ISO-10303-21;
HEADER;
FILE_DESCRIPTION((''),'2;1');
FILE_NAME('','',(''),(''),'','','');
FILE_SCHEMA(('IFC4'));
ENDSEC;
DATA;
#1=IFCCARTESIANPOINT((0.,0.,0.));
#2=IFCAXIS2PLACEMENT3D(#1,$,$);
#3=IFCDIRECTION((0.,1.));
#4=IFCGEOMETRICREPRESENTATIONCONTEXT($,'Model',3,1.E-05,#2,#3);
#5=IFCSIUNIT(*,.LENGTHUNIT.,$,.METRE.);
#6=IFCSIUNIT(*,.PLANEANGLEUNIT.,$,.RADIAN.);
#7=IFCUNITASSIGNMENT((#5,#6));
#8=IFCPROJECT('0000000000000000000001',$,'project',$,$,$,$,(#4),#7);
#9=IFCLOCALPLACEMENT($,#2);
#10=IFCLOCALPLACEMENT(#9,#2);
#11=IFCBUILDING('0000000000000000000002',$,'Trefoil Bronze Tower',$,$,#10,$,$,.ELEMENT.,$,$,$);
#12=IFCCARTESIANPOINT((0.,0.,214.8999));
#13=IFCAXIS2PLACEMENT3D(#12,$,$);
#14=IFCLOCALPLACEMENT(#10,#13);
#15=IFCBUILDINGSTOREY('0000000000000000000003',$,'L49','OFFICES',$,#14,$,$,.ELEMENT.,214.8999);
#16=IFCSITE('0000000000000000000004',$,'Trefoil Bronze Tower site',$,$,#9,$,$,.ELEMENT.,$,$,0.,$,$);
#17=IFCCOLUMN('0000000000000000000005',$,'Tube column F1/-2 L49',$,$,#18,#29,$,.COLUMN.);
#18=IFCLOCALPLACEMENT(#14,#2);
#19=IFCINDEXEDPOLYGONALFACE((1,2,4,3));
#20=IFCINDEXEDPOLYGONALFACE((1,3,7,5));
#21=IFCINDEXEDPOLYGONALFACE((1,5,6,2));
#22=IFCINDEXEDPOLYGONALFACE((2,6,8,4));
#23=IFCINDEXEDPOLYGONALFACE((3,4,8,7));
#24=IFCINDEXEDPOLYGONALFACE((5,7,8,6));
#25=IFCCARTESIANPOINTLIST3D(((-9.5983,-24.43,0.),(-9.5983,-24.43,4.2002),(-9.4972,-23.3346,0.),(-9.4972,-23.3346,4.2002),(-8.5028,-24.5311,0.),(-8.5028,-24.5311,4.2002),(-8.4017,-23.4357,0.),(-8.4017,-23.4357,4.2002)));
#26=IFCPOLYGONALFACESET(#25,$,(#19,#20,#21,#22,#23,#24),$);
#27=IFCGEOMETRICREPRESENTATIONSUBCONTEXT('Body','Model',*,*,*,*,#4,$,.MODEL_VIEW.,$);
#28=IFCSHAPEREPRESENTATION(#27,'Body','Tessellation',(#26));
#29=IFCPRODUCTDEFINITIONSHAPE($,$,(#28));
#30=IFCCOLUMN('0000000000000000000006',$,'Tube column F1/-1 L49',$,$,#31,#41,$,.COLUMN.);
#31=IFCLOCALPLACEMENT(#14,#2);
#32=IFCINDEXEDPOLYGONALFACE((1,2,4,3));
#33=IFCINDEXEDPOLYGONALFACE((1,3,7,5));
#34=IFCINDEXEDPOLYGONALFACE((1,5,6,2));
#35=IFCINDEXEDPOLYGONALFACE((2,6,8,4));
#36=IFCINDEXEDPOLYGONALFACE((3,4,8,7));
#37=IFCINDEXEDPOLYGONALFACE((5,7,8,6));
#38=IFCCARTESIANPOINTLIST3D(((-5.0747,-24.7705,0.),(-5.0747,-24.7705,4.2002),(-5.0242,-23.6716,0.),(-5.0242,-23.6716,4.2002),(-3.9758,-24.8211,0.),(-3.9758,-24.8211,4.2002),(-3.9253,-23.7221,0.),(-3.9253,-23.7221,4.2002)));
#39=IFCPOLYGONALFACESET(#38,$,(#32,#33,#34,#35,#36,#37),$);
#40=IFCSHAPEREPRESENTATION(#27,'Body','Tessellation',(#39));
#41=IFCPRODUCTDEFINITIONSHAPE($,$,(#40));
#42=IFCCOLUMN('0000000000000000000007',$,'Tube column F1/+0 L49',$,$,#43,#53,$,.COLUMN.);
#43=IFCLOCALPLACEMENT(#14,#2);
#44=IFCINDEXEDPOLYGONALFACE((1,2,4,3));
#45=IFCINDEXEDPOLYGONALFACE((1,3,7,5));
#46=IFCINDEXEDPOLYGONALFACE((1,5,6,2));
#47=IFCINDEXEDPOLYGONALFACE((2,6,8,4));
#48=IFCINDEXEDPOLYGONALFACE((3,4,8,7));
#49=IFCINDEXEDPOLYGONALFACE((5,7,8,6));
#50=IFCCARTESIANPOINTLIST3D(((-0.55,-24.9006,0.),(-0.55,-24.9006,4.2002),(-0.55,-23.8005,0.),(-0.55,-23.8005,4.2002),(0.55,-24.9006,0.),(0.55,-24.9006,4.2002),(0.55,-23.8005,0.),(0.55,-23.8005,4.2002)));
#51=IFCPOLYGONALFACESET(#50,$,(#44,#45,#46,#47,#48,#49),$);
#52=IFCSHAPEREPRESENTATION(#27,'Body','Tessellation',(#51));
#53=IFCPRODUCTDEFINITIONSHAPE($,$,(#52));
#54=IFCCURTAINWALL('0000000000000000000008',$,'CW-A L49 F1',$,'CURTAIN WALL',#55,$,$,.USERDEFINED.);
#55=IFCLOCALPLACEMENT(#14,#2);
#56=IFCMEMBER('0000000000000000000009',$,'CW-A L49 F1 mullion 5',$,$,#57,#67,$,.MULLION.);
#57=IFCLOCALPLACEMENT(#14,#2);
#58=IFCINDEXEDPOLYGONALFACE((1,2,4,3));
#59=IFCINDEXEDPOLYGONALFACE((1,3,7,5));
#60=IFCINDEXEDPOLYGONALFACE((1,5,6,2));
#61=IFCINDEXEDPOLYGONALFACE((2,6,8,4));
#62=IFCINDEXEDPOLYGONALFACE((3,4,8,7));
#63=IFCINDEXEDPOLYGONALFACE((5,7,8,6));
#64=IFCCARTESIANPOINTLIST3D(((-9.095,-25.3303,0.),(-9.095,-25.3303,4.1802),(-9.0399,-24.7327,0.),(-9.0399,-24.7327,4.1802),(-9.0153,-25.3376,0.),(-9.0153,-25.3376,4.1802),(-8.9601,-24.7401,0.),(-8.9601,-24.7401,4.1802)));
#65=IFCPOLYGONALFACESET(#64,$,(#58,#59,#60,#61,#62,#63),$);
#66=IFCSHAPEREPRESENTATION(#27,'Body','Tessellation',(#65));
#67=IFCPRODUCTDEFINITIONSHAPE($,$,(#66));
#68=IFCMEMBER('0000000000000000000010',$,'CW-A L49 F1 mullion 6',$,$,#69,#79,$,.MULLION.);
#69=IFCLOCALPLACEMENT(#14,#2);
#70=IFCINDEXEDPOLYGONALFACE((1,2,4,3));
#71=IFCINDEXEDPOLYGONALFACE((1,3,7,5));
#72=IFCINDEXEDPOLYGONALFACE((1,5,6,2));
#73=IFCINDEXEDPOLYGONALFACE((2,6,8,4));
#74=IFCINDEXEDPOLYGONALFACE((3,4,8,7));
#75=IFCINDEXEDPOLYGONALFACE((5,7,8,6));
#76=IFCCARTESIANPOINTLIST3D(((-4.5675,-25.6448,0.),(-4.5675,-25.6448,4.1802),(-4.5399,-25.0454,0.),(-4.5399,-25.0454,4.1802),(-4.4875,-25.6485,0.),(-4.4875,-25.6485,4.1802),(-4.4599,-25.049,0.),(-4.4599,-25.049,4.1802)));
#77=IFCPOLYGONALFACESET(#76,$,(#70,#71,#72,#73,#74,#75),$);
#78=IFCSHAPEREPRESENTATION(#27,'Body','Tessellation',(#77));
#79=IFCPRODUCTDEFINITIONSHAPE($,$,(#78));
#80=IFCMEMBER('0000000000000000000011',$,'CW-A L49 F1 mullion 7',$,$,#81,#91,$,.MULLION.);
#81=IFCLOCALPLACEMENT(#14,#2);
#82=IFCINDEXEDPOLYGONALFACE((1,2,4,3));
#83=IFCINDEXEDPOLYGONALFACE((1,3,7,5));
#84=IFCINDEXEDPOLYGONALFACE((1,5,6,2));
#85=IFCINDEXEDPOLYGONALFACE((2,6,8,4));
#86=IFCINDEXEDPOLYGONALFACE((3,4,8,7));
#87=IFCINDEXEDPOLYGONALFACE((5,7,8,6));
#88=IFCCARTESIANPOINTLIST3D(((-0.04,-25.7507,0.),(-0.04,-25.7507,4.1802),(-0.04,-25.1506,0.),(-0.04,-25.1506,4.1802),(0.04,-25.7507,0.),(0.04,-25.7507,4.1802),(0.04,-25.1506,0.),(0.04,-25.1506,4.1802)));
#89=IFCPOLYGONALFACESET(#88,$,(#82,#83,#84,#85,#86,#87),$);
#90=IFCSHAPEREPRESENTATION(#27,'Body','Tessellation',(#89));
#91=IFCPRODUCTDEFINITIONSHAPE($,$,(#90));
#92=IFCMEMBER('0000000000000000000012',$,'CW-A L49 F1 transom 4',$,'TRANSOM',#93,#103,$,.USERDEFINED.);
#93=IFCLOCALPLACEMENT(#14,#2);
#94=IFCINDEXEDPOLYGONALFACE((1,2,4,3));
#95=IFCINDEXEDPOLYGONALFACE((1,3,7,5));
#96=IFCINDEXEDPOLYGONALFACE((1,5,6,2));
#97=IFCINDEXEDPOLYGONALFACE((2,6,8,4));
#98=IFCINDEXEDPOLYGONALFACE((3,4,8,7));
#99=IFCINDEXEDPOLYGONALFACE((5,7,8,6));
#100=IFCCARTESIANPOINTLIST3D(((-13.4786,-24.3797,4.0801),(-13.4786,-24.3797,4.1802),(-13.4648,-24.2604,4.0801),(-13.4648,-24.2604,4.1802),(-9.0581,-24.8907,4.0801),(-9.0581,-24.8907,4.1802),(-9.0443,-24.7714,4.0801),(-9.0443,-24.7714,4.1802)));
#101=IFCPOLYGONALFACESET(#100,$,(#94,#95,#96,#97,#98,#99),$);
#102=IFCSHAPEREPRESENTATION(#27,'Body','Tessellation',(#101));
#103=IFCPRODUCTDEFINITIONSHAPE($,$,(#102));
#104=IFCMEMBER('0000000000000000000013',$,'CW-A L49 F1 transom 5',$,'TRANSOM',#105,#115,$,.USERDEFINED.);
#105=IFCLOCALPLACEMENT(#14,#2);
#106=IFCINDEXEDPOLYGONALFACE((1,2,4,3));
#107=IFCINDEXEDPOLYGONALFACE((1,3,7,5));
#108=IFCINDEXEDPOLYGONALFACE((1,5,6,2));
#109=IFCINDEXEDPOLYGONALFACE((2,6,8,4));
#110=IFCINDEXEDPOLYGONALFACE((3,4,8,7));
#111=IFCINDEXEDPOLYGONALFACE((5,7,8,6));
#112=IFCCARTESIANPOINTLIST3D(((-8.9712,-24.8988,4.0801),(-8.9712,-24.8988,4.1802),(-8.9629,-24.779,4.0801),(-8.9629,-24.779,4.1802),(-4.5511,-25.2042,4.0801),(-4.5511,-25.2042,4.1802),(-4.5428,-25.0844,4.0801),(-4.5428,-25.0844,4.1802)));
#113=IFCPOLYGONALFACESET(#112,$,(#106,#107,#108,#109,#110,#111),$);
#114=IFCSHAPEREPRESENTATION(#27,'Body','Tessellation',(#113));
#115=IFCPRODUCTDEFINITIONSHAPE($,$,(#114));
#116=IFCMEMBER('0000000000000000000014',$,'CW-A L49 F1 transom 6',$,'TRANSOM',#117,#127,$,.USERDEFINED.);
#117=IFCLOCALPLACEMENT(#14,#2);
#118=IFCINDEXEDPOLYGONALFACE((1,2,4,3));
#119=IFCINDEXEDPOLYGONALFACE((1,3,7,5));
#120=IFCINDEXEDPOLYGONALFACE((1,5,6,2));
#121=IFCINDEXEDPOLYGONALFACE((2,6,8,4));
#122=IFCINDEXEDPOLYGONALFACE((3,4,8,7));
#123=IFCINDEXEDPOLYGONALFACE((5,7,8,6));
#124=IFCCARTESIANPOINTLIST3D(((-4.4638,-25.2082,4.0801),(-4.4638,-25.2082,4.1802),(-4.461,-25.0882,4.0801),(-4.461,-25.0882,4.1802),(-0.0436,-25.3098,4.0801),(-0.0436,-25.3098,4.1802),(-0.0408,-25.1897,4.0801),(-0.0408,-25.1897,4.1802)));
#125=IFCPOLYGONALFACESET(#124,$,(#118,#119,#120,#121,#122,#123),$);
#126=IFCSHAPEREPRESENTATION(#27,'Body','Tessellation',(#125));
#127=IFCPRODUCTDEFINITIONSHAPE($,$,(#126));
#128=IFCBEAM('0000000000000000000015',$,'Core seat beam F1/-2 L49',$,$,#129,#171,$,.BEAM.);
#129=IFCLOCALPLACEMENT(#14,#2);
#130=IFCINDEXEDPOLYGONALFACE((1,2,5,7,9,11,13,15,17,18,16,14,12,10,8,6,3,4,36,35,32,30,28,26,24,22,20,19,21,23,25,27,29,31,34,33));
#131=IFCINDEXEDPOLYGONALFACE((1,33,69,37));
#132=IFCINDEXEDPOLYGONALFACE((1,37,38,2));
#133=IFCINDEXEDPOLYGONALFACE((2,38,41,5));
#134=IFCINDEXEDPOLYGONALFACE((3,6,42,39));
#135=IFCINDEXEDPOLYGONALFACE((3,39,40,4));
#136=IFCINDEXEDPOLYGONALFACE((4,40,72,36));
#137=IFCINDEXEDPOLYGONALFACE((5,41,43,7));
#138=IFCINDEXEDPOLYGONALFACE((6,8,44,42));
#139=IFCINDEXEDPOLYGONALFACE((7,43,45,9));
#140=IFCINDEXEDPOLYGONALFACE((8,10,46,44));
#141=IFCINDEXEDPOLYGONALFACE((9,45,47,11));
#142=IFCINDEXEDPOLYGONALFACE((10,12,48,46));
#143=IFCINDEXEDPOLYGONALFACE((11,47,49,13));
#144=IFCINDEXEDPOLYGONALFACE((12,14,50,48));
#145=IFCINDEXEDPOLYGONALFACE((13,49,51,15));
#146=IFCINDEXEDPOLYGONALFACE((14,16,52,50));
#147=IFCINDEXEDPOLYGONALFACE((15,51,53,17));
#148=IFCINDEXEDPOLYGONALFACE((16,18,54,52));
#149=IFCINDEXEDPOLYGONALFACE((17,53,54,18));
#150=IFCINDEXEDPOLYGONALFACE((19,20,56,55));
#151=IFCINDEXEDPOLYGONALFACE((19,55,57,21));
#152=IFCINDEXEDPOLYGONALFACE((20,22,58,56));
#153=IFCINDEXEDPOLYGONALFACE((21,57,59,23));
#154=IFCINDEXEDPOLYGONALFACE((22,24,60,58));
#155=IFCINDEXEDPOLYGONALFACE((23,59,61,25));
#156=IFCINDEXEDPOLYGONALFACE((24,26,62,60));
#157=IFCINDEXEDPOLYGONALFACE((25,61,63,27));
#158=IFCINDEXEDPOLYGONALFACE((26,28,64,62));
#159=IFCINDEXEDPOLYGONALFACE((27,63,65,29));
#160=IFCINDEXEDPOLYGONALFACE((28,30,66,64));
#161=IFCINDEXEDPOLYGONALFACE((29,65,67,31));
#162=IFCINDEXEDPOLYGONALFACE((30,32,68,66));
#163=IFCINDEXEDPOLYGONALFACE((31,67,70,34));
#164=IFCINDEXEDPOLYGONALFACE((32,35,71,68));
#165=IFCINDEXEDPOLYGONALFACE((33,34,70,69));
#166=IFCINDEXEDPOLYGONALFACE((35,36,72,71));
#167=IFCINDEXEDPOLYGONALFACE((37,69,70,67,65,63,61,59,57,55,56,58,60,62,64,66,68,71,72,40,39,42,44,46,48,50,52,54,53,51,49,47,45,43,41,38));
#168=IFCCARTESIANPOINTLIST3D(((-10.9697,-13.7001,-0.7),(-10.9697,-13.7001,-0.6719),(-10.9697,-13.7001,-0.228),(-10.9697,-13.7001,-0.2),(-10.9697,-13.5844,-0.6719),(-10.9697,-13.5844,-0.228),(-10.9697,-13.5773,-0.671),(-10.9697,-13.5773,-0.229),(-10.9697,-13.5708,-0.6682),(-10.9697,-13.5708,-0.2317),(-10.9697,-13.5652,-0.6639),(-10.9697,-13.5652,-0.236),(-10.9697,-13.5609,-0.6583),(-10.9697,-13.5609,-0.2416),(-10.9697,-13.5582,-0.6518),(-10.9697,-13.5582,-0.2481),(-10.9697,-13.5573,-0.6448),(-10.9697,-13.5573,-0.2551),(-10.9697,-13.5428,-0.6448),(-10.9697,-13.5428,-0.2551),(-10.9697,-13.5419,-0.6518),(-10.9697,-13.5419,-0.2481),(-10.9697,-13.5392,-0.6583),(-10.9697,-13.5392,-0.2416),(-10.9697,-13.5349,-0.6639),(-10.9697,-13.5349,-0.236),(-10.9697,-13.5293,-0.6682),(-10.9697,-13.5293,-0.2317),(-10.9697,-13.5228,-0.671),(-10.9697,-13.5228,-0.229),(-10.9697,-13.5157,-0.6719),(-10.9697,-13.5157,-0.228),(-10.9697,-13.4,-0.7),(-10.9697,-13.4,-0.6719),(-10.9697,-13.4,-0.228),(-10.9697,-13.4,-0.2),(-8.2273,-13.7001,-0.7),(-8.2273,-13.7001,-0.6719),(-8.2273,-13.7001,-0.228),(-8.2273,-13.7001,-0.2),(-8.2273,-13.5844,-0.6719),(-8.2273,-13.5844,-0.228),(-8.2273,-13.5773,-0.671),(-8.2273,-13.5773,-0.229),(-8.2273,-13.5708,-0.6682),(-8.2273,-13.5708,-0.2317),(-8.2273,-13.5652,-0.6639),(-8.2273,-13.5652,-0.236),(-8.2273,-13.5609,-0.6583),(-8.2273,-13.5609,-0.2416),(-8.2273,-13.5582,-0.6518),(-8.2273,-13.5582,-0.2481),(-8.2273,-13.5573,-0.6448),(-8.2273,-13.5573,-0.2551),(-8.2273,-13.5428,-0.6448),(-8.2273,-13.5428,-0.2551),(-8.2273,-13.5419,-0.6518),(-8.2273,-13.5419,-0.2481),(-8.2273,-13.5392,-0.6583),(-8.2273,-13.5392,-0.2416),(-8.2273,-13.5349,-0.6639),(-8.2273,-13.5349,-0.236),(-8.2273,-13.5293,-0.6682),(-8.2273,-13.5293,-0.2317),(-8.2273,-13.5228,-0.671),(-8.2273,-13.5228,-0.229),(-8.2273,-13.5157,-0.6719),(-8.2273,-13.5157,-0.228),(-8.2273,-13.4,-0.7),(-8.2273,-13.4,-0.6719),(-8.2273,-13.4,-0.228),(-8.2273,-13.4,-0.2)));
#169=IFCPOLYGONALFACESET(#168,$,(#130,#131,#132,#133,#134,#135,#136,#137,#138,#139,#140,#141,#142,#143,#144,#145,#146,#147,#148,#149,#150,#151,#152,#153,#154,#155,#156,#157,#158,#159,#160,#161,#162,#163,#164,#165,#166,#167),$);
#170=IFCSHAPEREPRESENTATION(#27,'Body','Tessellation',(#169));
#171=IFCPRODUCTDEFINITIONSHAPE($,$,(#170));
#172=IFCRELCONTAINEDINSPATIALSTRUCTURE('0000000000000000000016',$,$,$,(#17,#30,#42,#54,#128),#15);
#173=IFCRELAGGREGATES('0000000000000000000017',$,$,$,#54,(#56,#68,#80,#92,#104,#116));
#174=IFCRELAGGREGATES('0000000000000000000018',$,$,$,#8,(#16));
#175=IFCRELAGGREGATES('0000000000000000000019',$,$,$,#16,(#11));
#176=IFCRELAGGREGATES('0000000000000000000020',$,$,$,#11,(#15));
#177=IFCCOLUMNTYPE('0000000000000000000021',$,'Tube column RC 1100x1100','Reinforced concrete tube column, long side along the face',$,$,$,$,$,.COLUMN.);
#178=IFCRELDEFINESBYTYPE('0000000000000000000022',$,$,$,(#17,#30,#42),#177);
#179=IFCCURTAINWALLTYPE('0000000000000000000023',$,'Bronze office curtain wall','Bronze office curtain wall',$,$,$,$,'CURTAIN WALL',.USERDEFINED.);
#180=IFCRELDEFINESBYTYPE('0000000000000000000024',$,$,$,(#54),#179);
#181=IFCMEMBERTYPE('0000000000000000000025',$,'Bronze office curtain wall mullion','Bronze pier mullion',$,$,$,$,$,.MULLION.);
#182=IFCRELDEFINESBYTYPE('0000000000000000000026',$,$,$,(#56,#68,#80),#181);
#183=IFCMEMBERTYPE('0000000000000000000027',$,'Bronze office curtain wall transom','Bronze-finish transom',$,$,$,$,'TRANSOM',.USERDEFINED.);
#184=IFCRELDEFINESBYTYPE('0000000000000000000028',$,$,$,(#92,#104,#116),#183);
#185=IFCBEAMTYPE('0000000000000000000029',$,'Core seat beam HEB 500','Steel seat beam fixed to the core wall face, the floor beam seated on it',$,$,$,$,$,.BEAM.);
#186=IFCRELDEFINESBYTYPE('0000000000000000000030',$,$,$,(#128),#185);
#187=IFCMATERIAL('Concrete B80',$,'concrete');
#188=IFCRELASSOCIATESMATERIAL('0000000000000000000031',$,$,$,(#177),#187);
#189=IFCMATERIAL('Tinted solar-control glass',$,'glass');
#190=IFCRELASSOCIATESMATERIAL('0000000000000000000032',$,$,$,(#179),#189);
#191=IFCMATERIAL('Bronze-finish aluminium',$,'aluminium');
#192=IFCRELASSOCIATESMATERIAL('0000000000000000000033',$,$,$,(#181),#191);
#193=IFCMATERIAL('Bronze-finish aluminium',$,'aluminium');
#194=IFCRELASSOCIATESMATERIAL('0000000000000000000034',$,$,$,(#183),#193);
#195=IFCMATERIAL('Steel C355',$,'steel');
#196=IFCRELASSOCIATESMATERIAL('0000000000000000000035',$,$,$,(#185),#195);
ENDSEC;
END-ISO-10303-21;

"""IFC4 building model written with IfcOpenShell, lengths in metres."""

from ifc_helpers import new_model, si_unit, direction, frame, origin, origin_2d, place, context, subcontext, project, spatial, rectangle, i_section, extrude, material, material_profile, profile_set, type_object, element, aggregate, save


model = new_model("IFC4")

# Units and contexts
model_context = context("Model", 3, precision=1e-05, world=origin(), true_north=direction((0.0, 1.0)))
body_context = subcontext(model_context, "Body", "Model", "MODEL_VIEW")
ifc_project = project(units=[si_unit("LENGTHUNIT", "METRE"), si_unit("PLANEANGLEUNIT", "RADIAN")], contexts=[model_context])

# Site, building, storey
site_placement = place(None, origin())
site = spatial("IfcSite", under=ifc_project, at=site_placement, Name="Trefoil Bronze Tower site", CompositionType="ELEMENT", RefElevation=0.0)
building_placement = place(site_placement, origin())
building = spatial("IfcBuilding", under=site, at=building_placement, Name="Trefoil Bronze Tower", CompositionType="ELEMENT")
storey_placement = place(building_placement, frame((0.0, 0.0, 214.8999)))
storey = spatial("IfcBuildingStorey", under=building, at=storey_placement, Name="L49", Description="OFFICES", CompositionType="ELEMENT", Elevation=214.8999)

# Columns
ifc_material_1 = material(Name="Concrete B80", Category="concrete")
ifc_material_profile_1 = material_profile(ifc_material_1, rectangle(XDim=1.1001, YDim=1.1001, at=origin_2d()), Name="RC 1100x1100")
ifc_profile_set_1 = profile_set([ifc_material_profile_1], Name="Concrete B80")
column_type = type_object("IfcColumnType", Name="Tube column RC 1100x1100", Description="Reinforced concrete tube column, long side along the face", PredefinedType="COLUMN", material=ifc_profile_set_1)
for number, where, z_axis, x_axis, name in (
    (1, (-9.0, -23.9329, 0.0), (0.0, 0.0, 1.0), (0.995767, -0.091911, 0.0), "Tube column F1/-2 L49"),
    (2, (-4.5, -24.2463, 0.0), (0.0, 0.0, 1.0), (0.998943, -0.045956, 0.0), "Tube column F1/-1 L49"),
    (3, (0.0, -24.3506, 0.0), (0.0, 0.0, 1.0), (1.0, 0.0, 0.0), "Tube column F1/+0 L49"),
):
    element("IfcColumn", number, at=place(storey_placement, frame(where, z_axis=z_axis, x_axis=x_axis)), inside=storey, type_object=column_type, Name=name, PredefinedType="COLUMN", context=body_context, shape_type="SweptSolid", body=[
        extrude(rectangle(XDim=1.1001, YDim=1.1001, at=origin_2d()), origin(), (0.0, 0.0, 1.0), 4.2002),
    ])

# Curtain wall, members
ifc_material_2 = material(Name="Tinted solar-control glass", Category="glass")
curtain_wall_type = type_object("IfcCurtainWallType", Name="Bronze office curtain wall", Description="Bronze office curtain wall", ElementType="CURTAIN WALL", PredefinedType="USERDEFINED", material=ifc_material_2)
curtain_wall_placement = place(storey_placement, origin())
curtain_wall = element("IfcCurtainWall", 4, at=curtain_wall_placement, inside=storey, type_object=curtain_wall_type, Name="CW-A L49 F1", ObjectType="CURTAIN WALL", PredefinedType="USERDEFINED")
ifc_material_3 = material(Name="Bronze-finish aluminium", Category="aluminium")
ifc_material_profile_2 = material_profile(ifc_material_3, rectangle(XDim=0.6001, YDim=0.0801, at=origin_2d()), Name="CW-A mullion")
ifc_profile_set_2 = profile_set([ifc_material_profile_2], Name="Bronze-finish aluminium")
member_type_1 = type_object("IfcMemberType", Name="Bronze office curtain wall mullion", Description="Bronze pier mullion", PredefinedType="MULLION", material=ifc_profile_set_2)
member_1_placement = place(storey_placement, frame((-9.0276, -25.0352, 0.0), z_axis=(0.0, 0.0, 1.0), x_axis=(0.091911, 0.995767, 0.0)))
member_1 = element("IfcMember", 5, at=member_1_placement, type_object=member_type_1, Name="CW-A L49 F1 mullion 5", PredefinedType="MULLION", context=body_context, shape_type="SweptSolid", body=[
    extrude(rectangle(XDim=0.6001, YDim=0.0801, at=origin_2d()), origin(), (0.0, 0.0, 1.0), 4.1802),
])
member_2_placement = place(storey_placement, frame((-4.5137, -25.3469, 0.0), z_axis=(0.0, 0.0, 1.0), x_axis=(0.045956, 0.998943, 0.0)))
member_2 = element("IfcMember", 6, at=member_2_placement, type_object=member_type_1, Name="CW-A L49 F1 mullion 6", PredefinedType="MULLION", context=body_context, shape_type="SweptSolid", body=[
    extrude(rectangle(XDim=0.6001, YDim=0.0801, at=origin_2d()), origin(), (0.0, 0.0, 1.0), 4.1802),
])
member_3_placement = place(storey_placement, frame((0.0, -25.4507, 0.0), z_axis=(0.0, 0.0, 1.0), x_axis=(0.0, 1.0, 0.0)))
member_3 = element("IfcMember", 7, at=member_3_placement, type_object=member_type_1, Name="CW-A L49 F1 mullion 7", PredefinedType="MULLION", context=body_context, shape_type="SweptSolid", body=[
    extrude(rectangle(XDim=0.6001, YDim=0.0801, at=origin_2d()), origin(), (0.0, 0.0, 1.0), 4.1802),
])
ifc_material_4 = material(Name="Bronze-finish aluminium", Category="aluminium")
ifc_material_profile_3 = material_profile(ifc_material_4, rectangle(XDim=0.1201, YDim=0.1001, at=origin_2d()), Name="CW-A transom")
ifc_profile_set_3 = profile_set([ifc_material_profile_3], Name="Bronze-finish aluminium")
member_type_2 = type_object("IfcMemberType", Name="Bronze office curtain wall transom", Description="Bronze-finish transom", ElementType="TRANSOM", PredefinedType="USERDEFINED", material=ifc_profile_set_3)
member_4_placement = place(storey_placement, frame((-13.4717, -24.3201, 4.1301), z_axis=(0.993385, -0.114832, 0.0), x_axis=(0.114832, 0.993385, 0.0)))
member_4 = element("IfcMember", 8, at=member_4_placement, type_object=member_type_2, Name="CW-A L49 F1 transom 4", ObjectType="TRANSOM", PredefinedType="USERDEFINED", context=body_context, shape_type="SweptSolid", body=[
    extrude(rectangle(XDim=0.1201, YDim=0.1001, at=origin_2d()), origin(), (0.0, 0.0, 1.0), 4.45),
])
member_5_placement = place(storey_placement, frame((-8.967, -24.8389, 4.1301), z_axis=(0.997621, -0.068933, 0.0), x_axis=(0.068933, 0.997621, 0.0)))
member_5 = element("IfcMember", 9, at=member_5_placement, type_object=member_type_2, Name="CW-A L49 F1 transom 5", ObjectType="TRANSOM", PredefinedType="USERDEFINED", context=body_context, shape_type="SweptSolid", body=[
    extrude(rectangle(XDim=0.1201, YDim=0.1001, at=origin_2d()), origin(), (0.0, 0.0, 1.0), 4.4307),
])
member_6_placement = place(storey_placement, frame((-4.4624, -25.1482, 4.1301), z_axis=(0.999736, -0.022971, 0.0), x_axis=(0.022971, 0.999736, 0.0)))
member_6 = element("IfcMember", 10, at=member_6_placement, type_object=member_type_2, Name="CW-A L49 F1 transom 6", ObjectType="TRANSOM", PredefinedType="USERDEFINED", context=body_context, shape_type="SweptSolid", body=[
    extrude(rectangle(XDim=0.1201, YDim=0.1001, at=origin_2d()), origin(), (0.0, 0.0, 1.0), 4.4214),
])

# Beam
ifc_material_5 = material(Name="Steel C355", Category="steel")
ifc_material_profile_4 = material_profile(ifc_material_5, i_section(OverallWidth=0.3, OverallDepth=0.5, WebThickness=0.0144, FlangeThickness=0.0281, FilletRadius=0.0271, at=origin_2d()), Name="HEB 500")
ifc_profile_set_4 = profile_set([ifc_material_profile_4], Name="Steel C355")
beam_type_1 = type_object("IfcBeamType", Name="Core seat beam HEB 500", Description="Steel seat beam fixed to the core wall face, the floor beam seated on it", PredefinedType="BEAM", material=ifc_profile_set_4)
beam_1_placement = place(storey_placement, frame((-10.9697, -13.55, -0.45), z_axis=(1.0, 0.0, 0.0), x_axis=(0.0, 1.0, 0.0)))
element("IfcBeam", 11, at=beam_1_placement, inside=storey, type_object=beam_type_1, Name="Core seat beam F1/-2 L49", PredefinedType="BEAM", context=body_context, shape_type="SweptSolid", body=[
    extrude(i_section(OverallWidth=0.3, OverallDepth=0.5, WebThickness=0.0144, FlangeThickness=0.0281, FilletRadius=0.0271, at=origin_2d()), origin(), (0.0, 0.0, 1.0), 2.7424),
])

aggregate(curtain_wall, [member_1, member_2, member_3, member_4, member_5, member_6])

save(model, "model.ifc")
